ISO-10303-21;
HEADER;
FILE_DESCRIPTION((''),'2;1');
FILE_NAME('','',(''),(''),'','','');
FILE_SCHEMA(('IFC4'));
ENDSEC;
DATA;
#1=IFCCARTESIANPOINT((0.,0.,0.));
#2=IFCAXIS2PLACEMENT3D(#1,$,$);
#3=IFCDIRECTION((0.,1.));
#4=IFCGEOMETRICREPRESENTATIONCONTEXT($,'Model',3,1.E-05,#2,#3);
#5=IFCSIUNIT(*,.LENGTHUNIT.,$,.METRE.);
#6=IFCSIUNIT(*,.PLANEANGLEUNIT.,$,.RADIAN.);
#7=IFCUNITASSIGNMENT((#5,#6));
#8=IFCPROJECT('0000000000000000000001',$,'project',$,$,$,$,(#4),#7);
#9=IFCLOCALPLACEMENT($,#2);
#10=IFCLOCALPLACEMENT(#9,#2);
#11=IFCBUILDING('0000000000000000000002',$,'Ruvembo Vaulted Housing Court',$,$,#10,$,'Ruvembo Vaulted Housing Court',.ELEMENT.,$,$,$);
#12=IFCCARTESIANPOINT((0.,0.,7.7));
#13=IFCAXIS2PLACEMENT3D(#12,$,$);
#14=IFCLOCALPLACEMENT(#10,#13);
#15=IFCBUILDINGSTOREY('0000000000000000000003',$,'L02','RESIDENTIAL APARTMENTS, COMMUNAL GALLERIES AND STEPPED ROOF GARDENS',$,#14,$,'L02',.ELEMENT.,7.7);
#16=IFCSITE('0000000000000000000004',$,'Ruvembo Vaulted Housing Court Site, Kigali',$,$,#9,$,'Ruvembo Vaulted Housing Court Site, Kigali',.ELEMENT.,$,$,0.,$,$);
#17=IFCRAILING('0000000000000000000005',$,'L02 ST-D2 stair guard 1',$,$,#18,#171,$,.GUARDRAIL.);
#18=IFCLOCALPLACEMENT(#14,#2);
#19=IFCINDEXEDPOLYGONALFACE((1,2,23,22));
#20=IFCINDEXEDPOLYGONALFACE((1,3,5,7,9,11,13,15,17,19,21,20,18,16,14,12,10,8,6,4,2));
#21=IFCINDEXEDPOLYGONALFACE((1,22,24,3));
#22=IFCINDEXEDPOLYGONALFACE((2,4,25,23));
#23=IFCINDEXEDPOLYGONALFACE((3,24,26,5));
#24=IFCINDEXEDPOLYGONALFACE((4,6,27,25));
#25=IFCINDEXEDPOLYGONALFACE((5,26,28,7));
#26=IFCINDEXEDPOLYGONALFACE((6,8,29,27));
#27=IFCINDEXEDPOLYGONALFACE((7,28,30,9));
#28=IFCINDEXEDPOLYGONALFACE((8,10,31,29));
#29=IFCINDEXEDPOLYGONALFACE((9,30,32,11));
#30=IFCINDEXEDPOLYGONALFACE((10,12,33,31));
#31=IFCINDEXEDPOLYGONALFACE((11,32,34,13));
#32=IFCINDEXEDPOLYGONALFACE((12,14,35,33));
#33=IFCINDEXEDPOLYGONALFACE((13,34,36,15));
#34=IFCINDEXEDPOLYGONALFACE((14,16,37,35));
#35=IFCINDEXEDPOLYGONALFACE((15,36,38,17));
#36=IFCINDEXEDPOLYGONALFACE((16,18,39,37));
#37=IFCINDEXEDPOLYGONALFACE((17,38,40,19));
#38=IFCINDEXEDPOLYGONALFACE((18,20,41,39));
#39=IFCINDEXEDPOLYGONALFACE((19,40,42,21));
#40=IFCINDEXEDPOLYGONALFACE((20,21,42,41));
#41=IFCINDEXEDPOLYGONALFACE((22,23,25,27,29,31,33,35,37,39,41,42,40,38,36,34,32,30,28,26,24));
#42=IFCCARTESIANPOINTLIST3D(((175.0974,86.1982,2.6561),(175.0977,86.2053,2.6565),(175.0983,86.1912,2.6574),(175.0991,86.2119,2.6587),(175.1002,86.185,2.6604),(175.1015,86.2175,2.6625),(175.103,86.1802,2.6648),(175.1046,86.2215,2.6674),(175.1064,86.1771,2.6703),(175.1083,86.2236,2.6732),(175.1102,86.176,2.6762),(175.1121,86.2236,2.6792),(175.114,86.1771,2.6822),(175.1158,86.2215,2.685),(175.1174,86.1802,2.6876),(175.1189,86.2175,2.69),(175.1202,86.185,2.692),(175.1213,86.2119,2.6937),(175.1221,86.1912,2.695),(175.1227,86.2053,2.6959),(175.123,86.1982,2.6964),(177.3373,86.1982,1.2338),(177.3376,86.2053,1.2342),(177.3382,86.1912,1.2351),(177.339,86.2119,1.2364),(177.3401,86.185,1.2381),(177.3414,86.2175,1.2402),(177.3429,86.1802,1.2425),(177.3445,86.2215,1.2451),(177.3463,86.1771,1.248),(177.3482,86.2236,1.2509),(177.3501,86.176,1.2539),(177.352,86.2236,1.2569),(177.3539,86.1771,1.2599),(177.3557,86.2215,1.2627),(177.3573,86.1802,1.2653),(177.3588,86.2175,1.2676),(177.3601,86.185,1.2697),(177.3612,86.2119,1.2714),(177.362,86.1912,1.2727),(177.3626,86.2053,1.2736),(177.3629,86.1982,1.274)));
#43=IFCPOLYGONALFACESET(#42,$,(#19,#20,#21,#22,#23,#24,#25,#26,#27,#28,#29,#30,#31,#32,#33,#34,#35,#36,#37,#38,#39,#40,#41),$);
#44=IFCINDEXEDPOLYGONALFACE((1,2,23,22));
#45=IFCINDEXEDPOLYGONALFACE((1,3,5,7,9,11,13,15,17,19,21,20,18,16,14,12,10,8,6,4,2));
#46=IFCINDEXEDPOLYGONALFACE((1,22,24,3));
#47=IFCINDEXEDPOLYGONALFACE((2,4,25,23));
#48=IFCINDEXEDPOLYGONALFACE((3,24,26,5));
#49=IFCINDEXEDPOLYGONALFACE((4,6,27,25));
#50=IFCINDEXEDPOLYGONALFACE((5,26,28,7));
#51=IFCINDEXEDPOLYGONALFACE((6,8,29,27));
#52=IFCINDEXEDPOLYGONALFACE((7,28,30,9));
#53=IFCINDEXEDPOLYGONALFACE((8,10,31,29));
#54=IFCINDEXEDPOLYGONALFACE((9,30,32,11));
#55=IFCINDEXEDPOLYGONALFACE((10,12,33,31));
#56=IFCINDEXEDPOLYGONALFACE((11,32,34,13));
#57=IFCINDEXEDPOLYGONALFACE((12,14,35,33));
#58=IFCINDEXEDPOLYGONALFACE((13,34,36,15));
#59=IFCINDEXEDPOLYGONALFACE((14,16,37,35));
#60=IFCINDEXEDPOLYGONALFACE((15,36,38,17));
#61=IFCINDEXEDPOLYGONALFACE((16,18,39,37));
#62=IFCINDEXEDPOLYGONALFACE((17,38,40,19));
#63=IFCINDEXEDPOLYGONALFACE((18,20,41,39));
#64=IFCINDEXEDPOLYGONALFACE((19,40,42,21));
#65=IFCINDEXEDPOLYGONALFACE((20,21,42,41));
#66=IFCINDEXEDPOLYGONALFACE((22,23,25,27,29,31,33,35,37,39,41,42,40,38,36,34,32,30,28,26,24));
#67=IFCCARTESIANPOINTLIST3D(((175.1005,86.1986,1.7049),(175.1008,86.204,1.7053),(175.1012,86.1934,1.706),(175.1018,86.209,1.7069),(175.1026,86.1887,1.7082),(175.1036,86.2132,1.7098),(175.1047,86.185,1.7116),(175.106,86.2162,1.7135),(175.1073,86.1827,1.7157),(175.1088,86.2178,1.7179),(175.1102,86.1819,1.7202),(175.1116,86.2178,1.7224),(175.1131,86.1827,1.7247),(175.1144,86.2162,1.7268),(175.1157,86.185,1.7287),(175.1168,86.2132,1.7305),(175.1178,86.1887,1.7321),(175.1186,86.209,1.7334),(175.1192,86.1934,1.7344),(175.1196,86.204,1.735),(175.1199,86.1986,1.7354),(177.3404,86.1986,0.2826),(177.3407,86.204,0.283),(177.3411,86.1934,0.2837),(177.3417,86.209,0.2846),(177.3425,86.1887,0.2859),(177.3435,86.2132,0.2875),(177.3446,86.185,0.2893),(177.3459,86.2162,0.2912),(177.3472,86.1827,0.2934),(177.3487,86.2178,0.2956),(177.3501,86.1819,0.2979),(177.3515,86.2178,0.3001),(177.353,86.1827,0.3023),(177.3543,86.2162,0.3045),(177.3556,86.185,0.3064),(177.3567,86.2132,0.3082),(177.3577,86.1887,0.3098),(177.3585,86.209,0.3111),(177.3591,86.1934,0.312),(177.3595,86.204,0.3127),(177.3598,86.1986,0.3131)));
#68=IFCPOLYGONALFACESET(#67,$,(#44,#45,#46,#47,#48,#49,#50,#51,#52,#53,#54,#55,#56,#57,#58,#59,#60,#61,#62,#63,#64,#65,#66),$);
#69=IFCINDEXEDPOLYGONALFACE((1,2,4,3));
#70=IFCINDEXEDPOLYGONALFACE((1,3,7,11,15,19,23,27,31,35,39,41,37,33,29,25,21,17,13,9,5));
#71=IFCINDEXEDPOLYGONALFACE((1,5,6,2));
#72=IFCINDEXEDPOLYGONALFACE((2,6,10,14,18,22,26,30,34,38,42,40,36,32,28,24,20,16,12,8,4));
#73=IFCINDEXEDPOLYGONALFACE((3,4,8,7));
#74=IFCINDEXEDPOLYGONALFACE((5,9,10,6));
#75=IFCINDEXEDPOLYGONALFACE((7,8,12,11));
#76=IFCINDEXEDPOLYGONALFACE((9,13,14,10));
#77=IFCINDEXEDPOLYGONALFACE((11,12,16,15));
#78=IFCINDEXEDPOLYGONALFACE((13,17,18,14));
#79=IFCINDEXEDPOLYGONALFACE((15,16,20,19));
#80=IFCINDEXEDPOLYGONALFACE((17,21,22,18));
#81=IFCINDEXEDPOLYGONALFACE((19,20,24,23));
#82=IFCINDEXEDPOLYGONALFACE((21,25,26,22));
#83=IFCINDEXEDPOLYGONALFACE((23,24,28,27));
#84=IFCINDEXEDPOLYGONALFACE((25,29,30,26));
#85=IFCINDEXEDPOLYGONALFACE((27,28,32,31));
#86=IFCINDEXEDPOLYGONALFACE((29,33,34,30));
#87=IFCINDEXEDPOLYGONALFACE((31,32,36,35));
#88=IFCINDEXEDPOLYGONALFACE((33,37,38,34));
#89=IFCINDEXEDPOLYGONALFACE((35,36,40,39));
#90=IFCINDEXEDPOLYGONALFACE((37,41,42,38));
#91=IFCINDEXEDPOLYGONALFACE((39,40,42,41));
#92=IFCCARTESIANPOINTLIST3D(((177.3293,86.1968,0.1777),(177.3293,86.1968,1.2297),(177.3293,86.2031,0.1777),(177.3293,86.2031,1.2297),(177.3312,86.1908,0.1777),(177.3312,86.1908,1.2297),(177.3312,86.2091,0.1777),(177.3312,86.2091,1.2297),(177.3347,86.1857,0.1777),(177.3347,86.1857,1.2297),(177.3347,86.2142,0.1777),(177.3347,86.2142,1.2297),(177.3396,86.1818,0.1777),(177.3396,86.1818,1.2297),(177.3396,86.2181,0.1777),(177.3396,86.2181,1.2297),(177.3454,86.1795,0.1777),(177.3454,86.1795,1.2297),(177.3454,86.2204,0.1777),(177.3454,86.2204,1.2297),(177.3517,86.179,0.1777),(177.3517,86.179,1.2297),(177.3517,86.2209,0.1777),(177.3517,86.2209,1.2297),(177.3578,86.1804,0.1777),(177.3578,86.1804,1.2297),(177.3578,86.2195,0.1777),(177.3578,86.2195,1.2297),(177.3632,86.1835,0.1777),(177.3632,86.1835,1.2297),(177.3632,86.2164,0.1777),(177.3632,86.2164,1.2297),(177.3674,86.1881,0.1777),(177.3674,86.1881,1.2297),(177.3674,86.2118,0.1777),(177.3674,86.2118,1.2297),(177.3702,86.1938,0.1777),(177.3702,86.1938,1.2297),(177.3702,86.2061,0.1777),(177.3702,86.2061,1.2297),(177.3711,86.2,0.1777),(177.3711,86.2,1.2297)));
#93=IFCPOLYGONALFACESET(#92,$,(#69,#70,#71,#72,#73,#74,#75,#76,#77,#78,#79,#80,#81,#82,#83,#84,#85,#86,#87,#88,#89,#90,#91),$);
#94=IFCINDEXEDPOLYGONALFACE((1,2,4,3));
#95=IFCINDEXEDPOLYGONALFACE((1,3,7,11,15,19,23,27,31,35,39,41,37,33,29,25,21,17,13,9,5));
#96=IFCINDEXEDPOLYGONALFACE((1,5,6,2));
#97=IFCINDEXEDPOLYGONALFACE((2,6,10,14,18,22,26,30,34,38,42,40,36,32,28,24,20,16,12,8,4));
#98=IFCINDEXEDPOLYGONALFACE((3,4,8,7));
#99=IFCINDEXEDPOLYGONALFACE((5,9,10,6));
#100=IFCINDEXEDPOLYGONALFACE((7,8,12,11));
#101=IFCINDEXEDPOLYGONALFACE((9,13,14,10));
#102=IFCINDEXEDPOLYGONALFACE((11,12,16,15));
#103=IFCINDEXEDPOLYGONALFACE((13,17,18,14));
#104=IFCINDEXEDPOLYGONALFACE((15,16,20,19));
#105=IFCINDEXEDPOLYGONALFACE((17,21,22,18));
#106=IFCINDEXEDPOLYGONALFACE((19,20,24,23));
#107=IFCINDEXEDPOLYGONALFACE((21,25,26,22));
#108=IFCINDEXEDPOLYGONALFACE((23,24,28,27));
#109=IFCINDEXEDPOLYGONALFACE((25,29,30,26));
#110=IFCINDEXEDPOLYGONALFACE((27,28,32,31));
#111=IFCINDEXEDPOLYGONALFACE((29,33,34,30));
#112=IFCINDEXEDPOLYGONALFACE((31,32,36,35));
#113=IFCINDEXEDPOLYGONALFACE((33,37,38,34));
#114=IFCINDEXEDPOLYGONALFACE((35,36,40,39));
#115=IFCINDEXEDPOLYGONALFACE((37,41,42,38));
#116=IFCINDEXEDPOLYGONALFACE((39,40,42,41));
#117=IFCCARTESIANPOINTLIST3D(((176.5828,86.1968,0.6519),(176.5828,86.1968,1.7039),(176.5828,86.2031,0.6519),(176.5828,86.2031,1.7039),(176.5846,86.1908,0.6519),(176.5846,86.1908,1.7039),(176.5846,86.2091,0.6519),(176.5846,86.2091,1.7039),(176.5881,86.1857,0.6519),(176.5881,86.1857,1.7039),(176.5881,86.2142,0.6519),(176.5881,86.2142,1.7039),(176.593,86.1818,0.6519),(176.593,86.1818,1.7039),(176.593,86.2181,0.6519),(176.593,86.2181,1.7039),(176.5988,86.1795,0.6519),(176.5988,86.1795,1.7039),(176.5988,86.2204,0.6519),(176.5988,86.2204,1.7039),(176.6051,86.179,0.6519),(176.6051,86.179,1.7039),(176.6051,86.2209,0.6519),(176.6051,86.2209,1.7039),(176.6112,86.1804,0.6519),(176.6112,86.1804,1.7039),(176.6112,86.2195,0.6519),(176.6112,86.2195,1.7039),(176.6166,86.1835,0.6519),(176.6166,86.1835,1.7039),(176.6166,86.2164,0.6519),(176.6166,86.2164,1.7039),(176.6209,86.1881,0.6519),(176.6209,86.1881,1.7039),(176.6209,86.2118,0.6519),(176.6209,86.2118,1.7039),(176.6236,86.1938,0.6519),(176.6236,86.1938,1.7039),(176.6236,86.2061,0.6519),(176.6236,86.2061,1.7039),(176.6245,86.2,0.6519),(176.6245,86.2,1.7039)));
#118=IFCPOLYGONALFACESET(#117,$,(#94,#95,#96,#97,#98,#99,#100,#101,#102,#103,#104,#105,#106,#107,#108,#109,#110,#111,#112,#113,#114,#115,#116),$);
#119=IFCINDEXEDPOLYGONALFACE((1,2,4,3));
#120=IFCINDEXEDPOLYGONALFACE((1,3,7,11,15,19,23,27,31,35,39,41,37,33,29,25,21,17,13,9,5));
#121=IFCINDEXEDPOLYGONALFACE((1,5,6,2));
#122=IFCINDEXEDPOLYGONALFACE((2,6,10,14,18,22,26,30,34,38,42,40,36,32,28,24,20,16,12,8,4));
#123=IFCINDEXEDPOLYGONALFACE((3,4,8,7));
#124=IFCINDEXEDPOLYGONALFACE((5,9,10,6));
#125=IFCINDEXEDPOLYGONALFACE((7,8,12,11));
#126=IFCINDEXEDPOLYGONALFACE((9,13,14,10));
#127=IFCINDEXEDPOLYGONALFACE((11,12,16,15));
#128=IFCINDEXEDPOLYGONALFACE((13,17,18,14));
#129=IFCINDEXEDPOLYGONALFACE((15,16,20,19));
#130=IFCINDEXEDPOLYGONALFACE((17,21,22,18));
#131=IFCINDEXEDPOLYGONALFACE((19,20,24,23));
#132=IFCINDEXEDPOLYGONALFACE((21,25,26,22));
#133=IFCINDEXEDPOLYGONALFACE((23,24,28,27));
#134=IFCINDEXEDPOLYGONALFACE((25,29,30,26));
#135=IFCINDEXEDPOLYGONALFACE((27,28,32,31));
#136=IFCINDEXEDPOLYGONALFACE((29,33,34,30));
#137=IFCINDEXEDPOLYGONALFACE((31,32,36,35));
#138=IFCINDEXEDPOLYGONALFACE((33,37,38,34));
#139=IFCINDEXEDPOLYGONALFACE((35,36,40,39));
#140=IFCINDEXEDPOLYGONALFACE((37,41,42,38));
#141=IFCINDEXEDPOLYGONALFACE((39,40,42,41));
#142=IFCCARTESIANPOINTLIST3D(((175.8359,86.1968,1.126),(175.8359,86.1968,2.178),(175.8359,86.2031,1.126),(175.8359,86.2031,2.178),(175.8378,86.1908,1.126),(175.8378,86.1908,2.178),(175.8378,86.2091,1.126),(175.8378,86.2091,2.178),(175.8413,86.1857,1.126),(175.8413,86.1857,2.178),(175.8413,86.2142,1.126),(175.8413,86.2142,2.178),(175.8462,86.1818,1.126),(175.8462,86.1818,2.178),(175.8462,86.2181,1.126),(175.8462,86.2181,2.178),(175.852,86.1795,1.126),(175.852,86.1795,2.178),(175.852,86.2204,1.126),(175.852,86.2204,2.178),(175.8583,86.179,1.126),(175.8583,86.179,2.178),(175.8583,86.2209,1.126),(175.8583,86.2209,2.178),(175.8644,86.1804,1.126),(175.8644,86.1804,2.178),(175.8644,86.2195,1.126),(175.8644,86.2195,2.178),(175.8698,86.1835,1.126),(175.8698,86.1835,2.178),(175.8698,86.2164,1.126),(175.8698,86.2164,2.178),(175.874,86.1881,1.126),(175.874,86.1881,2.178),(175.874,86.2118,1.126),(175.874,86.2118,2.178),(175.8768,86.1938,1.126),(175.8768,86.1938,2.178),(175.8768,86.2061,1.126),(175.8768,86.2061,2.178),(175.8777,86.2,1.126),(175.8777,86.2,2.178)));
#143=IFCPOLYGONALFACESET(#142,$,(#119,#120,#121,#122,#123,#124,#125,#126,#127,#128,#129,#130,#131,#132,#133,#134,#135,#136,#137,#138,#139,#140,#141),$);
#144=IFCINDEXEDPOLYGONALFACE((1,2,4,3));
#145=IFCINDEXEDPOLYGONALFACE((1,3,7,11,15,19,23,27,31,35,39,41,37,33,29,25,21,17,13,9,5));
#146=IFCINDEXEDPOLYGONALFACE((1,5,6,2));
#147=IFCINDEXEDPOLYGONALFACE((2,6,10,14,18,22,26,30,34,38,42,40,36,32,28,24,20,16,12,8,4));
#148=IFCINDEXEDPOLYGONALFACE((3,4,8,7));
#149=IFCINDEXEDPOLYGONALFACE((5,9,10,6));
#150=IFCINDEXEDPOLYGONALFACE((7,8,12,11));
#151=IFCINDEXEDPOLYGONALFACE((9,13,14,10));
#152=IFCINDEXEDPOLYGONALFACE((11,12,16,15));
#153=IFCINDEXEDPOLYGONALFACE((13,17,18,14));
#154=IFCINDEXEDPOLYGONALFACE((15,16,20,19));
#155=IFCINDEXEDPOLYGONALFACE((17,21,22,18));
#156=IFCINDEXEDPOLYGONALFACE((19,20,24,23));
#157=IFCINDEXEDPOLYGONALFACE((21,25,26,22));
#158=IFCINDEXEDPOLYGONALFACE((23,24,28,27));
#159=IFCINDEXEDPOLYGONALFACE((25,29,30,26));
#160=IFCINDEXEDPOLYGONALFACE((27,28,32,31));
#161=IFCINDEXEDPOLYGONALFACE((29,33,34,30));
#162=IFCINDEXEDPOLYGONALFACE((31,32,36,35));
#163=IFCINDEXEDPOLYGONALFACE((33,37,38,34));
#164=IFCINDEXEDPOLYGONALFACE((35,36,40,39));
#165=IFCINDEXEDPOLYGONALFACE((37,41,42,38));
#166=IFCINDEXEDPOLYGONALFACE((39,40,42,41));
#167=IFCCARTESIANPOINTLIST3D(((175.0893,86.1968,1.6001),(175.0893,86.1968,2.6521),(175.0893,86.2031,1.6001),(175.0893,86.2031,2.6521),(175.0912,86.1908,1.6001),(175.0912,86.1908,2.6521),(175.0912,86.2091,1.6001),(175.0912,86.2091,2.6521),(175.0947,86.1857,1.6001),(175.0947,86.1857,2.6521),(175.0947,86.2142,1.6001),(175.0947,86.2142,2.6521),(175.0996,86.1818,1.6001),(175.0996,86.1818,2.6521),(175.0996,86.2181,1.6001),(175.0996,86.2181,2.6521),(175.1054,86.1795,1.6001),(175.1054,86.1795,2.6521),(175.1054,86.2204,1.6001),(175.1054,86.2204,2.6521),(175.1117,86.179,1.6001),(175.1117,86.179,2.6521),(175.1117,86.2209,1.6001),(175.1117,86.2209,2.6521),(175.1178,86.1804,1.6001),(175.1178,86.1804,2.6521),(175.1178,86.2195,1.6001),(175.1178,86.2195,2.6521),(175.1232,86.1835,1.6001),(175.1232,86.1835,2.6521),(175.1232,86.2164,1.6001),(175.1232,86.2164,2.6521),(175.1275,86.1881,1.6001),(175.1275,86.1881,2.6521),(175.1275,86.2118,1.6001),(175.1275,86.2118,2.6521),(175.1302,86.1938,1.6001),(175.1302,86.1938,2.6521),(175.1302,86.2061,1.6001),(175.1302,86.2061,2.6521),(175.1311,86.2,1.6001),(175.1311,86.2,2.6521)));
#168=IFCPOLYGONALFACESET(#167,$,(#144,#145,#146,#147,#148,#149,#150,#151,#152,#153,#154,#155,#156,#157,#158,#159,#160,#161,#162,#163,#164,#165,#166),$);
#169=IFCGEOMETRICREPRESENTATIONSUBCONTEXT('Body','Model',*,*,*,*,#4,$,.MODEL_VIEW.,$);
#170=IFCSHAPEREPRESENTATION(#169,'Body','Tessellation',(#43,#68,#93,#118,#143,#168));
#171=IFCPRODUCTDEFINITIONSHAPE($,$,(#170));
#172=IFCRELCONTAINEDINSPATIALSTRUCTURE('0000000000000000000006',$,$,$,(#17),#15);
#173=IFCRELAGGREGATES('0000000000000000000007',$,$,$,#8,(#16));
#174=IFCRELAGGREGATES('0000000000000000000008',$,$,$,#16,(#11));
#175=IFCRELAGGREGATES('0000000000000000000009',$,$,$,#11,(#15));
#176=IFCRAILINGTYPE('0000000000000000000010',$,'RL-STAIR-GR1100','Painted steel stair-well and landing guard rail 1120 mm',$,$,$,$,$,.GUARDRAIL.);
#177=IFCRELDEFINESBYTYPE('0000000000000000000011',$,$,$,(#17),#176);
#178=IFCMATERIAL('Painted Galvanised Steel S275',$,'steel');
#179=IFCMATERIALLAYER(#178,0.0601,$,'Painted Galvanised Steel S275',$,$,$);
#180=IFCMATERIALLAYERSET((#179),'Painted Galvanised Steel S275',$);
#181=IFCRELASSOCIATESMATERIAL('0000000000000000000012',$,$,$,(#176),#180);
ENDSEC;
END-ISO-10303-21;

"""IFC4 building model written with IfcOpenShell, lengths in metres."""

from ifc_helpers import new_model, si_unit, direction, frame, origin, origin_2d, place, context, subcontext, project, spatial, circle, extrude, material, layer, layer_set, type_object, element, save


model = new_model("IFC4")

# Units and contexts
model_context = context("Model", 3, precision=1e-05, world=origin(), true_north=direction((0.0, 1.0)))
body_context = subcontext(model_context, "Body", "Model", "MODEL_VIEW")
ifc_project = project(units=[si_unit("LENGTHUNIT", "METRE"), si_unit("PLANEANGLEUNIT", "RADIAN")], contexts=[model_context])

# Site, building, storey
site_placement = place(None, origin())
site = spatial("IfcSite", under=ifc_project, at=site_placement, Name="Ruvembo Vaulted Housing Court Site, Kigali", LongName="Ruvembo Vaulted Housing Court Site, Kigali", CompositionType="ELEMENT", RefElevation=0.0)
building_placement = place(site_placement, origin())
building = spatial("IfcBuilding", under=site, at=building_placement, Name="Ruvembo Vaulted Housing Court", LongName="Ruvembo Vaulted Housing Court", CompositionType="ELEMENT")
storey_placement = place(building_placement, frame((0.0, 0.0, 7.7)))
storey = spatial("IfcBuildingStorey", under=building, at=storey_placement, Name="L02", Description="RESIDENTIAL APARTMENTS, COMMUNAL GALLERIES AND STEPPED ROOF GARDENS", LongName="L02", CompositionType="ELEMENT", Elevation=7.7)

# Railing
ifc_material_1 = material(Name="Painted Galvanised Steel S275", Category="steel")
ifc_layer_1 = layer(ifc_material_1, 0.0601, Name="Painted Galvanised Steel S275")
ifc_layer_set_1 = layer_set([ifc_layer_1], Name="Painted Galvanised Steel S275")
railing_type_1 = type_object("IfcRailingType", Name="RL-STAIR-GR1100", Description="Painted steel stair-well and landing guard rail 1120 mm", PredefinedType="GUARDRAIL", material=ifc_layer_set_1)
railing_1_placement = place(storey_placement, frame((177.3501, 86.2, 0.1777)))
element("IfcRailing", 1, at=railing_1_placement, inside=storey, type_object=railing_type_1, Name="L02 ST-D2 stair guard 1", PredefinedType="GUARDRAIL", context=body_context, shape_type="SweptSolid", body=[
    extrude(circle(Radius=0.0239, at=origin_2d()), frame((0.0, 0.0, 1.0762), z_axis=(-0.844188, 0.0, 0.536048), x_axis=(0.0, -1.0, 0.0)), (0.0, 0.0, 1.0), 2.6533),
    extrude(circle(Radius=0.0181, at=origin_2d()), frame((0.0, 0.0, 0.1201), z_axis=(-0.844188, 0.0, 0.536048), x_axis=(0.0, -1.0, 0.0)), (0.0, 0.0, 1.0), 2.6533),
    extrude(circle(Radius=0.021, at=origin_2d()), origin(), (0.0, 0.0, 1.0), 1.052),
    extrude(circle(Radius=0.021, at=origin_2d()), frame((-0.7466, 0.0, 0.4741)), (0.0, 0.0, 1.0), 1.052),
    extrude(circle(Radius=0.021, at=origin_2d()), frame((-1.4934, 0.0, 0.9482)), (0.0, 0.0, 1.0), 1.052),
    extrude(circle(Radius=0.021, at=origin_2d()), frame((-2.24, 0.0, 1.4224)), (0.0, 0.0, 1.0), 1.052),
])

save(model, "model.ifc")
